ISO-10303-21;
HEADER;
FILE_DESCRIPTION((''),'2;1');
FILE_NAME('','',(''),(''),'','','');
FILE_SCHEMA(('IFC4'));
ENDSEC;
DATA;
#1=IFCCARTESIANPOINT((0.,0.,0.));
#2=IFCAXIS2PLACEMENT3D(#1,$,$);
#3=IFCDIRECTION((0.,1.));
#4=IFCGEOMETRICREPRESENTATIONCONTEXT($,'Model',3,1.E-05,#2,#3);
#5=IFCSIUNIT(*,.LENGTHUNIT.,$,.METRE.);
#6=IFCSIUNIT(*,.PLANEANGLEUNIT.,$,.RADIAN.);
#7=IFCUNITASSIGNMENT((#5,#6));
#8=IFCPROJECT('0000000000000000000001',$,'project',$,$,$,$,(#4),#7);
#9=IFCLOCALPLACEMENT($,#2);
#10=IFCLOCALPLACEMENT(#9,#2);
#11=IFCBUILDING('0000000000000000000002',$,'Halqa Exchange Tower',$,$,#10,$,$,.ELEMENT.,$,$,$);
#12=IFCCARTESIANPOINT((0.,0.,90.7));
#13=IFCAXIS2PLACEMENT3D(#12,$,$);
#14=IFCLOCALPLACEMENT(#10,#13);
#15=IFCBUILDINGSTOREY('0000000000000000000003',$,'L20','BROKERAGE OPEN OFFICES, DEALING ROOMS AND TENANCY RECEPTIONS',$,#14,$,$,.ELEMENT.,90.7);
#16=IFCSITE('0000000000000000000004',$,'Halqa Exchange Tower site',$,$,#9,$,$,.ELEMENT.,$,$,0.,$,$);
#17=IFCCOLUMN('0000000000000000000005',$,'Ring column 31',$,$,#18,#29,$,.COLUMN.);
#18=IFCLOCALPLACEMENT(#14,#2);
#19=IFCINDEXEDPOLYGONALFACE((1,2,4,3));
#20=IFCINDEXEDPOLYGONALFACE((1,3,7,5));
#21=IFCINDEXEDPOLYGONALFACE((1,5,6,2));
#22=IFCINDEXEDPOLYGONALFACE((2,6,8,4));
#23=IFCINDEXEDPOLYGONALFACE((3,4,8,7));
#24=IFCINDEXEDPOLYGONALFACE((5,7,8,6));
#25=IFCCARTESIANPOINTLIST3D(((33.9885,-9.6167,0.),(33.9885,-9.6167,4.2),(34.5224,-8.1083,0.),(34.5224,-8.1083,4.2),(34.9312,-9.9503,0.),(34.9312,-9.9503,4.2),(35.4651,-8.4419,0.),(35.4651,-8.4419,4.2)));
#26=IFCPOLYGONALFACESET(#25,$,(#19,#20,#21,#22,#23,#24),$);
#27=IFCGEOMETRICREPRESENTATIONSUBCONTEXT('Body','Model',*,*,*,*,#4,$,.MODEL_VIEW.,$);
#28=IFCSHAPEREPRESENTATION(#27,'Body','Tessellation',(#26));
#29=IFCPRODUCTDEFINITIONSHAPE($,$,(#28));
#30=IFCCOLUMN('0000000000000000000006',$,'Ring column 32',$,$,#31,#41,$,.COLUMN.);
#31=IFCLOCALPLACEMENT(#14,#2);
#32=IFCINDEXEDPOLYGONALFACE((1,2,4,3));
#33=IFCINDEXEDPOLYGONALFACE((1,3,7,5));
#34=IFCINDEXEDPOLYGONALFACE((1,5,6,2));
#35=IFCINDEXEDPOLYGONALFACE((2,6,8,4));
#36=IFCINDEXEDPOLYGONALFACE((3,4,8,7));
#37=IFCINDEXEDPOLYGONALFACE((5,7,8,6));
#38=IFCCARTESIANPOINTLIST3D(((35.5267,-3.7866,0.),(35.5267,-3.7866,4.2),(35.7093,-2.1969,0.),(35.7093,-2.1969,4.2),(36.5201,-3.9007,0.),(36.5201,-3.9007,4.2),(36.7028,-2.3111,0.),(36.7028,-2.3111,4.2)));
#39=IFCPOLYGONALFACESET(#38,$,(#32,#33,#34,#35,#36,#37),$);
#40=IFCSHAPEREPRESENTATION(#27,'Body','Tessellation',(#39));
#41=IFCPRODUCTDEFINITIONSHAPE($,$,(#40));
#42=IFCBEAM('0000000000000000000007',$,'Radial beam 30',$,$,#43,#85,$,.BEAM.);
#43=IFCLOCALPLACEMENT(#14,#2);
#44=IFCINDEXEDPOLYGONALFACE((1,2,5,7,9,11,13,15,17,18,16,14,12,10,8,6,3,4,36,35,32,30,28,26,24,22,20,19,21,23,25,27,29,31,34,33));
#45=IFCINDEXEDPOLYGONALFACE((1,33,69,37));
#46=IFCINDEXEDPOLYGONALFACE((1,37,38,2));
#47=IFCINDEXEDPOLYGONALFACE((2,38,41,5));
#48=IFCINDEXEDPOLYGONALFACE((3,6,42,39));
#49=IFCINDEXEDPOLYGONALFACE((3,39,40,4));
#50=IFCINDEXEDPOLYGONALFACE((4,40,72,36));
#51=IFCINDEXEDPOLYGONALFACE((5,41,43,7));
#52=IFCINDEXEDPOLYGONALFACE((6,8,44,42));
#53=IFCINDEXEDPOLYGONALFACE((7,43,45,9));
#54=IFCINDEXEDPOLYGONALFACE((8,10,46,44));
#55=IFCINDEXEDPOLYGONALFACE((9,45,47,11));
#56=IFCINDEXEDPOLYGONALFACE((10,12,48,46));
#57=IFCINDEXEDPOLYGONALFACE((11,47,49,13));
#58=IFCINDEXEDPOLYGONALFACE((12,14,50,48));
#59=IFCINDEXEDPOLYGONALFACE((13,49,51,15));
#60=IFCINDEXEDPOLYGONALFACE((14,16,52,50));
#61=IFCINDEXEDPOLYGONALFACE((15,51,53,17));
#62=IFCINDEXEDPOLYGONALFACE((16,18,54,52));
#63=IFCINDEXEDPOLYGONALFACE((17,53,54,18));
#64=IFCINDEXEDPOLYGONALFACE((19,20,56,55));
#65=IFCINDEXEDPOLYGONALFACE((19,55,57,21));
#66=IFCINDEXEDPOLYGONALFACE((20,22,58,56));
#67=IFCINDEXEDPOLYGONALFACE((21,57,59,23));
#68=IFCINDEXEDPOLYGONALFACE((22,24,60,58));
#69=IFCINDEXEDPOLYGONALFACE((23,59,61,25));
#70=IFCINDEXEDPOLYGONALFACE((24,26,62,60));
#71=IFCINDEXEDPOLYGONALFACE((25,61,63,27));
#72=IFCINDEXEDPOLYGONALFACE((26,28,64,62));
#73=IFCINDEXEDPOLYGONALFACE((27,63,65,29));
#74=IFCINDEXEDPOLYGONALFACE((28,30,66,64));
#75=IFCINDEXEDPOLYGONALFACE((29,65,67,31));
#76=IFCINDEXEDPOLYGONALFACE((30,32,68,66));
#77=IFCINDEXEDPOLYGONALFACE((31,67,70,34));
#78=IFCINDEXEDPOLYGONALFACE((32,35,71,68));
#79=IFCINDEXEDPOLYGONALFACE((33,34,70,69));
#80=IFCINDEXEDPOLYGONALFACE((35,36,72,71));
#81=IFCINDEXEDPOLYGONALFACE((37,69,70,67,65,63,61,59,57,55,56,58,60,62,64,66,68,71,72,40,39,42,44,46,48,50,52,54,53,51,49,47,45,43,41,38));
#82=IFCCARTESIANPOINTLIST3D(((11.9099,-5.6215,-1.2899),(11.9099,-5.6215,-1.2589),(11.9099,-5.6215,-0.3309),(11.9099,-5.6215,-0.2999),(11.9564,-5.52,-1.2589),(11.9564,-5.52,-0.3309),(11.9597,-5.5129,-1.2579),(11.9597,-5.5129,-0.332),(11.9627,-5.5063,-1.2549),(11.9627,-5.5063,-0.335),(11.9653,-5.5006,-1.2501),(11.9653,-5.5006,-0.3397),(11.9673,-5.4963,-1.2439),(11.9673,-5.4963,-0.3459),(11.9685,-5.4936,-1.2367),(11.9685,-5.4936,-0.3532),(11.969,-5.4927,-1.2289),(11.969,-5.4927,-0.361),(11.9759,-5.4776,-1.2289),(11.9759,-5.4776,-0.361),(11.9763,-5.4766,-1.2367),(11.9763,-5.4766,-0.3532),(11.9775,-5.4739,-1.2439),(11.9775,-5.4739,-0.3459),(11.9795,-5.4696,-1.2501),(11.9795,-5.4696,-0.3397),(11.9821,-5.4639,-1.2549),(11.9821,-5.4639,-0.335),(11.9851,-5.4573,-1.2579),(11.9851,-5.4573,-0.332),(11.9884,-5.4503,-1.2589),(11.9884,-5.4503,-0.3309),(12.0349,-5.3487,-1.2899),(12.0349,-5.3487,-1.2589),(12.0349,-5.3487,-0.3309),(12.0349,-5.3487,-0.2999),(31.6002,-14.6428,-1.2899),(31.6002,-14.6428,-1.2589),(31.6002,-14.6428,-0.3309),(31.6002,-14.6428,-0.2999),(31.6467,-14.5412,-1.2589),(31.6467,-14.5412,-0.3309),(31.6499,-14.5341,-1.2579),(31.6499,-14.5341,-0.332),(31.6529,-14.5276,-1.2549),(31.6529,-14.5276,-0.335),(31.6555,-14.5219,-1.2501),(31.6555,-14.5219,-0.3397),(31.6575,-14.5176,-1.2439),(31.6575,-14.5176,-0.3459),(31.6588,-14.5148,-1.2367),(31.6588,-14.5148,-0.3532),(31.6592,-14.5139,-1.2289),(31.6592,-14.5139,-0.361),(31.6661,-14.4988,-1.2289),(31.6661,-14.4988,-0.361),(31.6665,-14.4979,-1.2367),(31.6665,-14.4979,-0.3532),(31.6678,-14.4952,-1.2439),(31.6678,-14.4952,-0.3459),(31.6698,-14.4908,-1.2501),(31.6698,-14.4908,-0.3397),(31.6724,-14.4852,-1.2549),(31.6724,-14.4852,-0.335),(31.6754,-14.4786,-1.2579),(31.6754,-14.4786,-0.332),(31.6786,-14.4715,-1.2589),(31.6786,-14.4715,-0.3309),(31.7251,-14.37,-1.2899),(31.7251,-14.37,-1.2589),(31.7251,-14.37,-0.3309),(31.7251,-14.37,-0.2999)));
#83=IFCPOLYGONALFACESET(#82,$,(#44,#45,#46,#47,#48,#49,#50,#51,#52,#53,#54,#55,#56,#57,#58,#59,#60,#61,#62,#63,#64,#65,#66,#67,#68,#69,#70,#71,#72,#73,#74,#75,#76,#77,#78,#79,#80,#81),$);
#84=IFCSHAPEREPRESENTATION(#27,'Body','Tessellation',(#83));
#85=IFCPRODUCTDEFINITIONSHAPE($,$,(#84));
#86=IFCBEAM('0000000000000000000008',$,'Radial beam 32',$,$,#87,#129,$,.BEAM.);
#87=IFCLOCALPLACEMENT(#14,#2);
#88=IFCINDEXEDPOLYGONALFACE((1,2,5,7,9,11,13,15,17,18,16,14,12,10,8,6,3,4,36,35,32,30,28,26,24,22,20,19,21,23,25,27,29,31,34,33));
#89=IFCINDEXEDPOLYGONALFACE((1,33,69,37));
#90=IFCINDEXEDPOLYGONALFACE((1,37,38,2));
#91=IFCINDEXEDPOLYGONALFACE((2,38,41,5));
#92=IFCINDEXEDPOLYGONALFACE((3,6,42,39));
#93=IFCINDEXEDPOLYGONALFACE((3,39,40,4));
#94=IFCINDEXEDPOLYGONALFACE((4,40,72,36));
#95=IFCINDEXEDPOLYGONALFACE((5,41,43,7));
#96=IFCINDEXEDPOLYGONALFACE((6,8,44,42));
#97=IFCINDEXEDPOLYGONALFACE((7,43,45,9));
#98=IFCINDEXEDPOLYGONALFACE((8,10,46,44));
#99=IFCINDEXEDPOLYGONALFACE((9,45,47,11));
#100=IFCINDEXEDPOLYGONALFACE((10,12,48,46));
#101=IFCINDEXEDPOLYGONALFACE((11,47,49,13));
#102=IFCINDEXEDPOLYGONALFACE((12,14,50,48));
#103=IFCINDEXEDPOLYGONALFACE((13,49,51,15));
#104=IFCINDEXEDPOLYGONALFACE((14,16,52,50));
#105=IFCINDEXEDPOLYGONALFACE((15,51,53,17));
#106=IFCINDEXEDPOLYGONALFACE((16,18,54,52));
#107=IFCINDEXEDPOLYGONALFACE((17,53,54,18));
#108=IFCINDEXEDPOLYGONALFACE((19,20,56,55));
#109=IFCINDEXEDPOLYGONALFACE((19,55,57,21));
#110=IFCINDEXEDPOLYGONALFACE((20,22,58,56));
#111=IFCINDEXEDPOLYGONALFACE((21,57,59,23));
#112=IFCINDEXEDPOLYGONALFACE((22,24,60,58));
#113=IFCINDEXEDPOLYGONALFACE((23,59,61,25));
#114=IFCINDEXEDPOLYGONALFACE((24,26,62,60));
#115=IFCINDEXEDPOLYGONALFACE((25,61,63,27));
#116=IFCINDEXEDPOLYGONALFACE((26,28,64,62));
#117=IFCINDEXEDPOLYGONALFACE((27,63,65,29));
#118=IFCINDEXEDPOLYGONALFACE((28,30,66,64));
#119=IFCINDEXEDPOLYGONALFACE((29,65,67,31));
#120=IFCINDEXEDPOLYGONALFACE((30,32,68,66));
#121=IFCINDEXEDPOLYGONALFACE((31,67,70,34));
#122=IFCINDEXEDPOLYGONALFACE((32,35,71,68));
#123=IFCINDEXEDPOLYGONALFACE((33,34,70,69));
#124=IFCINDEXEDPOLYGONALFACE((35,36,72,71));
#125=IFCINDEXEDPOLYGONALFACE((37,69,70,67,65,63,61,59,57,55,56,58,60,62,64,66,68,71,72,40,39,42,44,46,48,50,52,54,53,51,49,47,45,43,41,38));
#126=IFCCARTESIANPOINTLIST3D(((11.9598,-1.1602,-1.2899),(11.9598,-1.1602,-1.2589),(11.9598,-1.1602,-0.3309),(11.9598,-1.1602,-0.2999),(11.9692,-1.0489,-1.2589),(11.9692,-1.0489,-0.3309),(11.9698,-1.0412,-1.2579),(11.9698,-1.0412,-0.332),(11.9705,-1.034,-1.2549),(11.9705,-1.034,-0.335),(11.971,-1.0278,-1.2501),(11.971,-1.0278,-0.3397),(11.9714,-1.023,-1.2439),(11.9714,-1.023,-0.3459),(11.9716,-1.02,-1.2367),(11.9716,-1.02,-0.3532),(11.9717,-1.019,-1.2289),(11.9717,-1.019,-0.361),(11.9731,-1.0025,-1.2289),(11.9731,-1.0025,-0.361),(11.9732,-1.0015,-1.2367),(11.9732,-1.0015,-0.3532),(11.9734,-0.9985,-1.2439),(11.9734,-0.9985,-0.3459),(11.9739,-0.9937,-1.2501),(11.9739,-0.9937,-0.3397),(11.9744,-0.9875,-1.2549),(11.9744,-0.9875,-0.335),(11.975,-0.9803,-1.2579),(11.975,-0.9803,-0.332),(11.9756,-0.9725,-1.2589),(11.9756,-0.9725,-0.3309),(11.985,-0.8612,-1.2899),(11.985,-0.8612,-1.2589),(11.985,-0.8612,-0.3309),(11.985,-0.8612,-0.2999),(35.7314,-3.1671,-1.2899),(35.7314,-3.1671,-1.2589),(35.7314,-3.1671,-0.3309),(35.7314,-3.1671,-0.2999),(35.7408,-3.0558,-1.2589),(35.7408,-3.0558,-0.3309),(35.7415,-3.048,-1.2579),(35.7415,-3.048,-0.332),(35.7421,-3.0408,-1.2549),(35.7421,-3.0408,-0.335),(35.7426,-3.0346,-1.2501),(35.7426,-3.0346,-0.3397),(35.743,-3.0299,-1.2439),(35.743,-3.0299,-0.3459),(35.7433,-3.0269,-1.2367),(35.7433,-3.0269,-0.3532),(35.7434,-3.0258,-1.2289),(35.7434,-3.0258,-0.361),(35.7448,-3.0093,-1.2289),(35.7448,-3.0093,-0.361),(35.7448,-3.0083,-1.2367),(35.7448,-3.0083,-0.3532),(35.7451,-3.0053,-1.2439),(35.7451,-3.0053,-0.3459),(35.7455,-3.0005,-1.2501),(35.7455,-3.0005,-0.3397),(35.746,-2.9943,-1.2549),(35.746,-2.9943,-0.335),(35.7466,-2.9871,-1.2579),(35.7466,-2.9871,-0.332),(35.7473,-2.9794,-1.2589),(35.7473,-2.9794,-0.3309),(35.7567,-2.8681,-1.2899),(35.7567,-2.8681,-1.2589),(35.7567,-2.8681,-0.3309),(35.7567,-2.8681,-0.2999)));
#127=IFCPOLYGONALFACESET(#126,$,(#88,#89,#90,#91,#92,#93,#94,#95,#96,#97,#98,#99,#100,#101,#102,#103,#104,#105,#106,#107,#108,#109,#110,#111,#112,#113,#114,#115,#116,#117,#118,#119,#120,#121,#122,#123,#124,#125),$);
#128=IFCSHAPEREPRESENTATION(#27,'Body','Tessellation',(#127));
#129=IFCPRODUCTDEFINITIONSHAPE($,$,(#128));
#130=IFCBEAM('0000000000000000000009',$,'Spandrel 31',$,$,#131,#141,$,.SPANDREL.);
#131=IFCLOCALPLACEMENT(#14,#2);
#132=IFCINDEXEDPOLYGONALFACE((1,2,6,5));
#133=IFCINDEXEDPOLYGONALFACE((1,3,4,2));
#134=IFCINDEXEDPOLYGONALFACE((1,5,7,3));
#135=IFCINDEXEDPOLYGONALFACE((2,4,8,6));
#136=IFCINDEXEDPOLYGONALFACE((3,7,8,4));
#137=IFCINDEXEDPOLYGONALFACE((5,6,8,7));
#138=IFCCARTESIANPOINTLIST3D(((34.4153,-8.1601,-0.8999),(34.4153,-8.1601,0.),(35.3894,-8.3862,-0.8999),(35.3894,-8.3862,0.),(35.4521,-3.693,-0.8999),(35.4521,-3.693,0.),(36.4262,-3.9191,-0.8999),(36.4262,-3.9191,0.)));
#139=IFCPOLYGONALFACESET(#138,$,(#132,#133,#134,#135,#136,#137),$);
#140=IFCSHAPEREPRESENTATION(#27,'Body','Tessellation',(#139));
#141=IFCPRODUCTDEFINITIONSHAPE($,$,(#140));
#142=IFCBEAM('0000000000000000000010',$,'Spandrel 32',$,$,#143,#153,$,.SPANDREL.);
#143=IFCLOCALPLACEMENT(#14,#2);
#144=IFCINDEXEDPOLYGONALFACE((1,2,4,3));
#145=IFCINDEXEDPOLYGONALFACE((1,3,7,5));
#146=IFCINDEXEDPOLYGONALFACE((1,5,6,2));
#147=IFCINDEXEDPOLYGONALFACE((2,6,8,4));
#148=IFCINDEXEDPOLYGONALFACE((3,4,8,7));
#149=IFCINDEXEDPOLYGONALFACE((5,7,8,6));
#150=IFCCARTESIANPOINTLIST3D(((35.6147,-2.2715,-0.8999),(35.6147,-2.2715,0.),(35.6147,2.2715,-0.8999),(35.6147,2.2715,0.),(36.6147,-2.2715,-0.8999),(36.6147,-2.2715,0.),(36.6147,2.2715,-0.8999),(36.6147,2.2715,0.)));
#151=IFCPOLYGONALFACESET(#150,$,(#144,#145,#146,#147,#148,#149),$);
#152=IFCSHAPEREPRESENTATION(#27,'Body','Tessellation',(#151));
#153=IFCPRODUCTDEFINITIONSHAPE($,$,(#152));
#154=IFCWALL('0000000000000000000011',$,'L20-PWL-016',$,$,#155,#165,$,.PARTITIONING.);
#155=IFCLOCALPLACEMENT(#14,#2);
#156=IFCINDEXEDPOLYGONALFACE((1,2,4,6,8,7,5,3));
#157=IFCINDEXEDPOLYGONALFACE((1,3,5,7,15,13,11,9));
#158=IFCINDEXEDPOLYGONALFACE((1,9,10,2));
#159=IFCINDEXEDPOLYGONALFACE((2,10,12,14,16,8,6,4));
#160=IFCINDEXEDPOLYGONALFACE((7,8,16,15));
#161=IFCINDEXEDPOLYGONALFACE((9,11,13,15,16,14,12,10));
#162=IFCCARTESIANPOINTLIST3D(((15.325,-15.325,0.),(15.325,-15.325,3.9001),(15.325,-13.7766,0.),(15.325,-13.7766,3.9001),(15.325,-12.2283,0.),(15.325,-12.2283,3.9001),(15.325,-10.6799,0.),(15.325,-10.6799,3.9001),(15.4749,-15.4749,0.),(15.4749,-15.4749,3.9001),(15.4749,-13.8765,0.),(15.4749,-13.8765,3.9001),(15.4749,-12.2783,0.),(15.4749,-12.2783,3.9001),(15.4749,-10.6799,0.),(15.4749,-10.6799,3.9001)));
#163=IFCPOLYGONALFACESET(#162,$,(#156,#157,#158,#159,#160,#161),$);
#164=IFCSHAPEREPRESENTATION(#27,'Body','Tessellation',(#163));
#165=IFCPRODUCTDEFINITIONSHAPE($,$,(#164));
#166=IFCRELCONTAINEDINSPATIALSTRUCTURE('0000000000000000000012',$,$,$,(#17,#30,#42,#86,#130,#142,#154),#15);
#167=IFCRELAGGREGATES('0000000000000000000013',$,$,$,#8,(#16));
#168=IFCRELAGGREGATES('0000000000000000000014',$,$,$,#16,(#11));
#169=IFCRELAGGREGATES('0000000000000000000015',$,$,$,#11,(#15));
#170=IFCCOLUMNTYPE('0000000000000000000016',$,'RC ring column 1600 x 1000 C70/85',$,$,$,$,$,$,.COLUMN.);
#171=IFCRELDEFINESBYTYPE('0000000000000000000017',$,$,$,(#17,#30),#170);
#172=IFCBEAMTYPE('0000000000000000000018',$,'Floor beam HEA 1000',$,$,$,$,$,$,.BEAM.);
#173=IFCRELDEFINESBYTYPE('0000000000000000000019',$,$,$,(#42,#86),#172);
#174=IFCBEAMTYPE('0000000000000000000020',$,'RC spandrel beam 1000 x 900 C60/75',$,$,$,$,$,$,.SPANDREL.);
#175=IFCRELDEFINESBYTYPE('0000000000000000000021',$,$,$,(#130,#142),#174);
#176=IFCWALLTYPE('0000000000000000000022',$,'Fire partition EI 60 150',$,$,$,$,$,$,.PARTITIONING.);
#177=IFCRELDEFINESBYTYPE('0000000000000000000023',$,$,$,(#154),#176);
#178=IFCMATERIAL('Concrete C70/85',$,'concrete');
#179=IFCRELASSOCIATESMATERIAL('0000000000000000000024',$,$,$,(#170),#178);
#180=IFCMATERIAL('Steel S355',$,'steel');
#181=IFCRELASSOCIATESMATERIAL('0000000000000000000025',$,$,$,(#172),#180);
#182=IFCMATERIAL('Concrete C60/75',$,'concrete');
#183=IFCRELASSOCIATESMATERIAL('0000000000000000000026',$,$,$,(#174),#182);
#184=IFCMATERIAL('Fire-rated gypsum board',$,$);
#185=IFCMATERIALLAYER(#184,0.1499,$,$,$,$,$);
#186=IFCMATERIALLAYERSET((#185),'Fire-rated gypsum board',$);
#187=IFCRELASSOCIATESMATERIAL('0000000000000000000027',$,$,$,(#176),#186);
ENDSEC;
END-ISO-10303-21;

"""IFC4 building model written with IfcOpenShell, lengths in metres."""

from ifc_helpers import new_model, si_unit, direction, frame, origin, origin_2d, place, context, subcontext, project, spatial, polyline, rectangle, i_section, outline, extrude, material, layer, layer_set, material_profile, profile_set, type_object, element, save


model = new_model("IFC4")

# Units and contexts
model_context = context("Model", 3, precision=1e-05, world=origin(), true_north=direction((0.0, 1.0)))
body_context = subcontext(model_context, "Body", "Model", "MODEL_VIEW")
ifc_project = project(units=[si_unit("LENGTHUNIT", "METRE"), si_unit("PLANEANGLEUNIT", "RADIAN")], contexts=[model_context])

# Site, building, storey
site_placement = place(None, origin())
site = spatial("IfcSite", under=ifc_project, at=site_placement, Name="Halqa Exchange Tower site", CompositionType="ELEMENT", RefElevation=0.0)
building_placement = place(site_placement, origin())
building = spatial("IfcBuilding", under=site, at=building_placement, Name="Halqa Exchange Tower", CompositionType="ELEMENT")
storey_placement = place(building_placement, frame((0.0, 0.0, 90.7)))
storey = spatial("IfcBuildingStorey", under=building, at=storey_placement, Name="L20", Description="BROKERAGE OPEN OFFICES, DEALING ROOMS AND TENANCY RECEPTIONS", CompositionType="ELEMENT", Elevation=90.7)

# Columns
ifc_material_1 = material(Name="Concrete C70/85", Category="concrete")
ifc_material_profile_1 = material_profile(ifc_material_1, rectangle(XDim=1.6001, YDim=1.0, at=origin_2d()), Name="1600 x 1000")
ifc_profile_set_1 = profile_set([ifc_material_profile_1], Name="Concrete C70/85")
column_type = type_object("IfcColumnType", Name="RC ring column 1600 x 1000 C70/85", PredefinedType="COLUMN", material=ifc_profile_set_1)
for number, where, z_axis, x_axis, name in (
    (1, (34.7268, -9.0293, 0.0), (0.0, 0.0, 1.0), (0.333631, 0.942704, 0.0), "Ring column 31"),
    (2, (36.1147, -3.0488, 0.0), (0.0, 0.0, 1.0), (0.114157, 0.993463, 0.0), "Ring column 32"),
):
    element("IfcColumn", number, at=place(storey_placement, frame(where, z_axis=z_axis, x_axis=x_axis)), inside=storey, type_object=column_type, Name=name, PredefinedType="COLUMN", context=body_context, shape_type="SweptSolid", body=[
        extrude(rectangle(XDim=1.6001, YDim=1.0, at=origin_2d()), origin(), (0.0, 0.0, 1.0), 4.2),
    ])

# Beams
ifc_material_2 = material(Name="Steel S355", Category="steel")
ifc_material_profile_2 = material_profile(ifc_material_2, i_section(OverallWidth=0.3, OverallDepth=0.99, WebThickness=0.0166, FlangeThickness=0.031, FilletRadius=0.03, at=origin_2d()), Name="HEA 1000")
ifc_profile_set_2 = profile_set([ifc_material_profile_2], Name="Steel S355")
beam_type_1 = type_object("IfcBeamType", Name="Floor beam HEA 1000", PredefinedType="BEAM", material=ifc_profile_set_2)
beam_1_placement = place(storey_placement, frame((11.9724, -5.4851, -0.7949), z_axis=(0.909125, -0.416524, 0.0), x_axis=(0.416524, 0.909125, 0.0)))
element("IfcBeam", 3, at=beam_1_placement, inside=storey, type_object=beam_type_1, Name="Radial beam 30", PredefinedType="BEAM", context=body_context, shape_type="SweptSolid", body=[
    extrude(i_section(OverallWidth=0.3, OverallDepth=0.99, WebThickness=0.0166, FlangeThickness=0.031, FilletRadius=0.03, at=origin_2d()), origin(), (0.0, 0.0, 1.0), 21.6584),
])
beam_2_placement = place(storey_placement, frame((11.9724, -1.0107, -0.7949), z_axis=(0.996455, -0.084122, 0.0), x_axis=(0.084122, 0.996455, 0.0)))
element("IfcBeam", 4, at=beam_2_placement, inside=storey, type_object=beam_type_1, Name="Radial beam 32", PredefinedType="BEAM", context=body_context, shape_type="SweptSolid", body=[
    extrude(i_section(OverallWidth=0.3, OverallDepth=0.99, WebThickness=0.0166, FlangeThickness=0.031, FilletRadius=0.03, at=origin_2d()), origin(), (0.0, 0.0, 1.0), 23.8562),
])
ifc_material_3 = material(Name="Concrete C60/75", Category="concrete")
ifc_material_profile_3 = material_profile(ifc_material_3, rectangle(XDim=1.0, YDim=0.8999, at=origin_2d()), Name="1000 x 900")
ifc_profile_set_3 = profile_set([ifc_material_profile_3], Name="Concrete C60/75")
beam_type_2 = type_object("IfcBeamType", Name="RC spandrel beam 1000 x 900 C60/75", PredefinedType="SPANDREL", material=ifc_profile_set_3)
beam_3_placement = place(storey_placement, frame((34.9023, -8.2732, -0.45), z_axis=(0.226092, 0.974106, 0.0), x_axis=(-0.974106, 0.226092, 0.0)))
element("IfcBeam", 5, at=beam_3_placement, inside=storey, type_object=beam_type_2, Name="Spandrel 31", PredefinedType="SPANDREL", context=body_context, shape_type="SweptSolid", body=[
    extrude(rectangle(XDim=1.0, YDim=0.8999, at=origin_2d()), origin(), (0.0, 0.0, 1.0), 4.5859),
])
beam_4_placement = place(storey_placement, frame((36.1147, -2.2715, -0.45), z_axis=(0.0, 1.0, 0.0), x_axis=(-1.0, 0.0, 0.0)))
element("IfcBeam", 6, at=beam_4_placement, inside=storey, type_object=beam_type_2, Name="Spandrel 32", PredefinedType="SPANDREL", context=body_context, shape_type="SweptSolid", body=[
    extrude(rectangle(XDim=1.0, YDim=0.8999, at=origin_2d()), origin(), (0.0, 0.0, 1.0), 4.543),
])

# Wall
ifc_material_4 = material(Name="Fire-rated gypsum board")
ifc_layer_1 = layer(ifc_material_4, 0.1499)
ifc_layer_set_1 = layer_set([ifc_layer_1], Name="Fire-rated gypsum board")
wall_type_1 = type_object("IfcWallType", Name="Fire partition EI 60 150", PredefinedType="PARTITIONING", material=ifc_layer_set_1)
wall_1_placement = place(storey_placement, frame((15.3999, -10.6799, 0.0), z_axis=(0.0, 0.0, 1.0), x_axis=(0.0, -1.0, 0.0)))
element("IfcWall", 7, at=wall_1_placement, inside=storey, type_object=wall_type_1, Name="L20-PWL-016", PredefinedType="PARTITIONING", context=body_context, shape_type="SweptSolid", body=[
    extrude(outline(polyline([(0.0, -0.075), (1.5483, -0.075), (3.0967, -0.075), (4.645, -0.075), (4.7949, 0.075), (3.1965, 0.075), (1.5984, 0.075), (0.0, 0.075), (0.0, -0.075)])), origin(), (0.0, 0.0, 1.0), 3.9001),
])

save(model, "model.ifc")
